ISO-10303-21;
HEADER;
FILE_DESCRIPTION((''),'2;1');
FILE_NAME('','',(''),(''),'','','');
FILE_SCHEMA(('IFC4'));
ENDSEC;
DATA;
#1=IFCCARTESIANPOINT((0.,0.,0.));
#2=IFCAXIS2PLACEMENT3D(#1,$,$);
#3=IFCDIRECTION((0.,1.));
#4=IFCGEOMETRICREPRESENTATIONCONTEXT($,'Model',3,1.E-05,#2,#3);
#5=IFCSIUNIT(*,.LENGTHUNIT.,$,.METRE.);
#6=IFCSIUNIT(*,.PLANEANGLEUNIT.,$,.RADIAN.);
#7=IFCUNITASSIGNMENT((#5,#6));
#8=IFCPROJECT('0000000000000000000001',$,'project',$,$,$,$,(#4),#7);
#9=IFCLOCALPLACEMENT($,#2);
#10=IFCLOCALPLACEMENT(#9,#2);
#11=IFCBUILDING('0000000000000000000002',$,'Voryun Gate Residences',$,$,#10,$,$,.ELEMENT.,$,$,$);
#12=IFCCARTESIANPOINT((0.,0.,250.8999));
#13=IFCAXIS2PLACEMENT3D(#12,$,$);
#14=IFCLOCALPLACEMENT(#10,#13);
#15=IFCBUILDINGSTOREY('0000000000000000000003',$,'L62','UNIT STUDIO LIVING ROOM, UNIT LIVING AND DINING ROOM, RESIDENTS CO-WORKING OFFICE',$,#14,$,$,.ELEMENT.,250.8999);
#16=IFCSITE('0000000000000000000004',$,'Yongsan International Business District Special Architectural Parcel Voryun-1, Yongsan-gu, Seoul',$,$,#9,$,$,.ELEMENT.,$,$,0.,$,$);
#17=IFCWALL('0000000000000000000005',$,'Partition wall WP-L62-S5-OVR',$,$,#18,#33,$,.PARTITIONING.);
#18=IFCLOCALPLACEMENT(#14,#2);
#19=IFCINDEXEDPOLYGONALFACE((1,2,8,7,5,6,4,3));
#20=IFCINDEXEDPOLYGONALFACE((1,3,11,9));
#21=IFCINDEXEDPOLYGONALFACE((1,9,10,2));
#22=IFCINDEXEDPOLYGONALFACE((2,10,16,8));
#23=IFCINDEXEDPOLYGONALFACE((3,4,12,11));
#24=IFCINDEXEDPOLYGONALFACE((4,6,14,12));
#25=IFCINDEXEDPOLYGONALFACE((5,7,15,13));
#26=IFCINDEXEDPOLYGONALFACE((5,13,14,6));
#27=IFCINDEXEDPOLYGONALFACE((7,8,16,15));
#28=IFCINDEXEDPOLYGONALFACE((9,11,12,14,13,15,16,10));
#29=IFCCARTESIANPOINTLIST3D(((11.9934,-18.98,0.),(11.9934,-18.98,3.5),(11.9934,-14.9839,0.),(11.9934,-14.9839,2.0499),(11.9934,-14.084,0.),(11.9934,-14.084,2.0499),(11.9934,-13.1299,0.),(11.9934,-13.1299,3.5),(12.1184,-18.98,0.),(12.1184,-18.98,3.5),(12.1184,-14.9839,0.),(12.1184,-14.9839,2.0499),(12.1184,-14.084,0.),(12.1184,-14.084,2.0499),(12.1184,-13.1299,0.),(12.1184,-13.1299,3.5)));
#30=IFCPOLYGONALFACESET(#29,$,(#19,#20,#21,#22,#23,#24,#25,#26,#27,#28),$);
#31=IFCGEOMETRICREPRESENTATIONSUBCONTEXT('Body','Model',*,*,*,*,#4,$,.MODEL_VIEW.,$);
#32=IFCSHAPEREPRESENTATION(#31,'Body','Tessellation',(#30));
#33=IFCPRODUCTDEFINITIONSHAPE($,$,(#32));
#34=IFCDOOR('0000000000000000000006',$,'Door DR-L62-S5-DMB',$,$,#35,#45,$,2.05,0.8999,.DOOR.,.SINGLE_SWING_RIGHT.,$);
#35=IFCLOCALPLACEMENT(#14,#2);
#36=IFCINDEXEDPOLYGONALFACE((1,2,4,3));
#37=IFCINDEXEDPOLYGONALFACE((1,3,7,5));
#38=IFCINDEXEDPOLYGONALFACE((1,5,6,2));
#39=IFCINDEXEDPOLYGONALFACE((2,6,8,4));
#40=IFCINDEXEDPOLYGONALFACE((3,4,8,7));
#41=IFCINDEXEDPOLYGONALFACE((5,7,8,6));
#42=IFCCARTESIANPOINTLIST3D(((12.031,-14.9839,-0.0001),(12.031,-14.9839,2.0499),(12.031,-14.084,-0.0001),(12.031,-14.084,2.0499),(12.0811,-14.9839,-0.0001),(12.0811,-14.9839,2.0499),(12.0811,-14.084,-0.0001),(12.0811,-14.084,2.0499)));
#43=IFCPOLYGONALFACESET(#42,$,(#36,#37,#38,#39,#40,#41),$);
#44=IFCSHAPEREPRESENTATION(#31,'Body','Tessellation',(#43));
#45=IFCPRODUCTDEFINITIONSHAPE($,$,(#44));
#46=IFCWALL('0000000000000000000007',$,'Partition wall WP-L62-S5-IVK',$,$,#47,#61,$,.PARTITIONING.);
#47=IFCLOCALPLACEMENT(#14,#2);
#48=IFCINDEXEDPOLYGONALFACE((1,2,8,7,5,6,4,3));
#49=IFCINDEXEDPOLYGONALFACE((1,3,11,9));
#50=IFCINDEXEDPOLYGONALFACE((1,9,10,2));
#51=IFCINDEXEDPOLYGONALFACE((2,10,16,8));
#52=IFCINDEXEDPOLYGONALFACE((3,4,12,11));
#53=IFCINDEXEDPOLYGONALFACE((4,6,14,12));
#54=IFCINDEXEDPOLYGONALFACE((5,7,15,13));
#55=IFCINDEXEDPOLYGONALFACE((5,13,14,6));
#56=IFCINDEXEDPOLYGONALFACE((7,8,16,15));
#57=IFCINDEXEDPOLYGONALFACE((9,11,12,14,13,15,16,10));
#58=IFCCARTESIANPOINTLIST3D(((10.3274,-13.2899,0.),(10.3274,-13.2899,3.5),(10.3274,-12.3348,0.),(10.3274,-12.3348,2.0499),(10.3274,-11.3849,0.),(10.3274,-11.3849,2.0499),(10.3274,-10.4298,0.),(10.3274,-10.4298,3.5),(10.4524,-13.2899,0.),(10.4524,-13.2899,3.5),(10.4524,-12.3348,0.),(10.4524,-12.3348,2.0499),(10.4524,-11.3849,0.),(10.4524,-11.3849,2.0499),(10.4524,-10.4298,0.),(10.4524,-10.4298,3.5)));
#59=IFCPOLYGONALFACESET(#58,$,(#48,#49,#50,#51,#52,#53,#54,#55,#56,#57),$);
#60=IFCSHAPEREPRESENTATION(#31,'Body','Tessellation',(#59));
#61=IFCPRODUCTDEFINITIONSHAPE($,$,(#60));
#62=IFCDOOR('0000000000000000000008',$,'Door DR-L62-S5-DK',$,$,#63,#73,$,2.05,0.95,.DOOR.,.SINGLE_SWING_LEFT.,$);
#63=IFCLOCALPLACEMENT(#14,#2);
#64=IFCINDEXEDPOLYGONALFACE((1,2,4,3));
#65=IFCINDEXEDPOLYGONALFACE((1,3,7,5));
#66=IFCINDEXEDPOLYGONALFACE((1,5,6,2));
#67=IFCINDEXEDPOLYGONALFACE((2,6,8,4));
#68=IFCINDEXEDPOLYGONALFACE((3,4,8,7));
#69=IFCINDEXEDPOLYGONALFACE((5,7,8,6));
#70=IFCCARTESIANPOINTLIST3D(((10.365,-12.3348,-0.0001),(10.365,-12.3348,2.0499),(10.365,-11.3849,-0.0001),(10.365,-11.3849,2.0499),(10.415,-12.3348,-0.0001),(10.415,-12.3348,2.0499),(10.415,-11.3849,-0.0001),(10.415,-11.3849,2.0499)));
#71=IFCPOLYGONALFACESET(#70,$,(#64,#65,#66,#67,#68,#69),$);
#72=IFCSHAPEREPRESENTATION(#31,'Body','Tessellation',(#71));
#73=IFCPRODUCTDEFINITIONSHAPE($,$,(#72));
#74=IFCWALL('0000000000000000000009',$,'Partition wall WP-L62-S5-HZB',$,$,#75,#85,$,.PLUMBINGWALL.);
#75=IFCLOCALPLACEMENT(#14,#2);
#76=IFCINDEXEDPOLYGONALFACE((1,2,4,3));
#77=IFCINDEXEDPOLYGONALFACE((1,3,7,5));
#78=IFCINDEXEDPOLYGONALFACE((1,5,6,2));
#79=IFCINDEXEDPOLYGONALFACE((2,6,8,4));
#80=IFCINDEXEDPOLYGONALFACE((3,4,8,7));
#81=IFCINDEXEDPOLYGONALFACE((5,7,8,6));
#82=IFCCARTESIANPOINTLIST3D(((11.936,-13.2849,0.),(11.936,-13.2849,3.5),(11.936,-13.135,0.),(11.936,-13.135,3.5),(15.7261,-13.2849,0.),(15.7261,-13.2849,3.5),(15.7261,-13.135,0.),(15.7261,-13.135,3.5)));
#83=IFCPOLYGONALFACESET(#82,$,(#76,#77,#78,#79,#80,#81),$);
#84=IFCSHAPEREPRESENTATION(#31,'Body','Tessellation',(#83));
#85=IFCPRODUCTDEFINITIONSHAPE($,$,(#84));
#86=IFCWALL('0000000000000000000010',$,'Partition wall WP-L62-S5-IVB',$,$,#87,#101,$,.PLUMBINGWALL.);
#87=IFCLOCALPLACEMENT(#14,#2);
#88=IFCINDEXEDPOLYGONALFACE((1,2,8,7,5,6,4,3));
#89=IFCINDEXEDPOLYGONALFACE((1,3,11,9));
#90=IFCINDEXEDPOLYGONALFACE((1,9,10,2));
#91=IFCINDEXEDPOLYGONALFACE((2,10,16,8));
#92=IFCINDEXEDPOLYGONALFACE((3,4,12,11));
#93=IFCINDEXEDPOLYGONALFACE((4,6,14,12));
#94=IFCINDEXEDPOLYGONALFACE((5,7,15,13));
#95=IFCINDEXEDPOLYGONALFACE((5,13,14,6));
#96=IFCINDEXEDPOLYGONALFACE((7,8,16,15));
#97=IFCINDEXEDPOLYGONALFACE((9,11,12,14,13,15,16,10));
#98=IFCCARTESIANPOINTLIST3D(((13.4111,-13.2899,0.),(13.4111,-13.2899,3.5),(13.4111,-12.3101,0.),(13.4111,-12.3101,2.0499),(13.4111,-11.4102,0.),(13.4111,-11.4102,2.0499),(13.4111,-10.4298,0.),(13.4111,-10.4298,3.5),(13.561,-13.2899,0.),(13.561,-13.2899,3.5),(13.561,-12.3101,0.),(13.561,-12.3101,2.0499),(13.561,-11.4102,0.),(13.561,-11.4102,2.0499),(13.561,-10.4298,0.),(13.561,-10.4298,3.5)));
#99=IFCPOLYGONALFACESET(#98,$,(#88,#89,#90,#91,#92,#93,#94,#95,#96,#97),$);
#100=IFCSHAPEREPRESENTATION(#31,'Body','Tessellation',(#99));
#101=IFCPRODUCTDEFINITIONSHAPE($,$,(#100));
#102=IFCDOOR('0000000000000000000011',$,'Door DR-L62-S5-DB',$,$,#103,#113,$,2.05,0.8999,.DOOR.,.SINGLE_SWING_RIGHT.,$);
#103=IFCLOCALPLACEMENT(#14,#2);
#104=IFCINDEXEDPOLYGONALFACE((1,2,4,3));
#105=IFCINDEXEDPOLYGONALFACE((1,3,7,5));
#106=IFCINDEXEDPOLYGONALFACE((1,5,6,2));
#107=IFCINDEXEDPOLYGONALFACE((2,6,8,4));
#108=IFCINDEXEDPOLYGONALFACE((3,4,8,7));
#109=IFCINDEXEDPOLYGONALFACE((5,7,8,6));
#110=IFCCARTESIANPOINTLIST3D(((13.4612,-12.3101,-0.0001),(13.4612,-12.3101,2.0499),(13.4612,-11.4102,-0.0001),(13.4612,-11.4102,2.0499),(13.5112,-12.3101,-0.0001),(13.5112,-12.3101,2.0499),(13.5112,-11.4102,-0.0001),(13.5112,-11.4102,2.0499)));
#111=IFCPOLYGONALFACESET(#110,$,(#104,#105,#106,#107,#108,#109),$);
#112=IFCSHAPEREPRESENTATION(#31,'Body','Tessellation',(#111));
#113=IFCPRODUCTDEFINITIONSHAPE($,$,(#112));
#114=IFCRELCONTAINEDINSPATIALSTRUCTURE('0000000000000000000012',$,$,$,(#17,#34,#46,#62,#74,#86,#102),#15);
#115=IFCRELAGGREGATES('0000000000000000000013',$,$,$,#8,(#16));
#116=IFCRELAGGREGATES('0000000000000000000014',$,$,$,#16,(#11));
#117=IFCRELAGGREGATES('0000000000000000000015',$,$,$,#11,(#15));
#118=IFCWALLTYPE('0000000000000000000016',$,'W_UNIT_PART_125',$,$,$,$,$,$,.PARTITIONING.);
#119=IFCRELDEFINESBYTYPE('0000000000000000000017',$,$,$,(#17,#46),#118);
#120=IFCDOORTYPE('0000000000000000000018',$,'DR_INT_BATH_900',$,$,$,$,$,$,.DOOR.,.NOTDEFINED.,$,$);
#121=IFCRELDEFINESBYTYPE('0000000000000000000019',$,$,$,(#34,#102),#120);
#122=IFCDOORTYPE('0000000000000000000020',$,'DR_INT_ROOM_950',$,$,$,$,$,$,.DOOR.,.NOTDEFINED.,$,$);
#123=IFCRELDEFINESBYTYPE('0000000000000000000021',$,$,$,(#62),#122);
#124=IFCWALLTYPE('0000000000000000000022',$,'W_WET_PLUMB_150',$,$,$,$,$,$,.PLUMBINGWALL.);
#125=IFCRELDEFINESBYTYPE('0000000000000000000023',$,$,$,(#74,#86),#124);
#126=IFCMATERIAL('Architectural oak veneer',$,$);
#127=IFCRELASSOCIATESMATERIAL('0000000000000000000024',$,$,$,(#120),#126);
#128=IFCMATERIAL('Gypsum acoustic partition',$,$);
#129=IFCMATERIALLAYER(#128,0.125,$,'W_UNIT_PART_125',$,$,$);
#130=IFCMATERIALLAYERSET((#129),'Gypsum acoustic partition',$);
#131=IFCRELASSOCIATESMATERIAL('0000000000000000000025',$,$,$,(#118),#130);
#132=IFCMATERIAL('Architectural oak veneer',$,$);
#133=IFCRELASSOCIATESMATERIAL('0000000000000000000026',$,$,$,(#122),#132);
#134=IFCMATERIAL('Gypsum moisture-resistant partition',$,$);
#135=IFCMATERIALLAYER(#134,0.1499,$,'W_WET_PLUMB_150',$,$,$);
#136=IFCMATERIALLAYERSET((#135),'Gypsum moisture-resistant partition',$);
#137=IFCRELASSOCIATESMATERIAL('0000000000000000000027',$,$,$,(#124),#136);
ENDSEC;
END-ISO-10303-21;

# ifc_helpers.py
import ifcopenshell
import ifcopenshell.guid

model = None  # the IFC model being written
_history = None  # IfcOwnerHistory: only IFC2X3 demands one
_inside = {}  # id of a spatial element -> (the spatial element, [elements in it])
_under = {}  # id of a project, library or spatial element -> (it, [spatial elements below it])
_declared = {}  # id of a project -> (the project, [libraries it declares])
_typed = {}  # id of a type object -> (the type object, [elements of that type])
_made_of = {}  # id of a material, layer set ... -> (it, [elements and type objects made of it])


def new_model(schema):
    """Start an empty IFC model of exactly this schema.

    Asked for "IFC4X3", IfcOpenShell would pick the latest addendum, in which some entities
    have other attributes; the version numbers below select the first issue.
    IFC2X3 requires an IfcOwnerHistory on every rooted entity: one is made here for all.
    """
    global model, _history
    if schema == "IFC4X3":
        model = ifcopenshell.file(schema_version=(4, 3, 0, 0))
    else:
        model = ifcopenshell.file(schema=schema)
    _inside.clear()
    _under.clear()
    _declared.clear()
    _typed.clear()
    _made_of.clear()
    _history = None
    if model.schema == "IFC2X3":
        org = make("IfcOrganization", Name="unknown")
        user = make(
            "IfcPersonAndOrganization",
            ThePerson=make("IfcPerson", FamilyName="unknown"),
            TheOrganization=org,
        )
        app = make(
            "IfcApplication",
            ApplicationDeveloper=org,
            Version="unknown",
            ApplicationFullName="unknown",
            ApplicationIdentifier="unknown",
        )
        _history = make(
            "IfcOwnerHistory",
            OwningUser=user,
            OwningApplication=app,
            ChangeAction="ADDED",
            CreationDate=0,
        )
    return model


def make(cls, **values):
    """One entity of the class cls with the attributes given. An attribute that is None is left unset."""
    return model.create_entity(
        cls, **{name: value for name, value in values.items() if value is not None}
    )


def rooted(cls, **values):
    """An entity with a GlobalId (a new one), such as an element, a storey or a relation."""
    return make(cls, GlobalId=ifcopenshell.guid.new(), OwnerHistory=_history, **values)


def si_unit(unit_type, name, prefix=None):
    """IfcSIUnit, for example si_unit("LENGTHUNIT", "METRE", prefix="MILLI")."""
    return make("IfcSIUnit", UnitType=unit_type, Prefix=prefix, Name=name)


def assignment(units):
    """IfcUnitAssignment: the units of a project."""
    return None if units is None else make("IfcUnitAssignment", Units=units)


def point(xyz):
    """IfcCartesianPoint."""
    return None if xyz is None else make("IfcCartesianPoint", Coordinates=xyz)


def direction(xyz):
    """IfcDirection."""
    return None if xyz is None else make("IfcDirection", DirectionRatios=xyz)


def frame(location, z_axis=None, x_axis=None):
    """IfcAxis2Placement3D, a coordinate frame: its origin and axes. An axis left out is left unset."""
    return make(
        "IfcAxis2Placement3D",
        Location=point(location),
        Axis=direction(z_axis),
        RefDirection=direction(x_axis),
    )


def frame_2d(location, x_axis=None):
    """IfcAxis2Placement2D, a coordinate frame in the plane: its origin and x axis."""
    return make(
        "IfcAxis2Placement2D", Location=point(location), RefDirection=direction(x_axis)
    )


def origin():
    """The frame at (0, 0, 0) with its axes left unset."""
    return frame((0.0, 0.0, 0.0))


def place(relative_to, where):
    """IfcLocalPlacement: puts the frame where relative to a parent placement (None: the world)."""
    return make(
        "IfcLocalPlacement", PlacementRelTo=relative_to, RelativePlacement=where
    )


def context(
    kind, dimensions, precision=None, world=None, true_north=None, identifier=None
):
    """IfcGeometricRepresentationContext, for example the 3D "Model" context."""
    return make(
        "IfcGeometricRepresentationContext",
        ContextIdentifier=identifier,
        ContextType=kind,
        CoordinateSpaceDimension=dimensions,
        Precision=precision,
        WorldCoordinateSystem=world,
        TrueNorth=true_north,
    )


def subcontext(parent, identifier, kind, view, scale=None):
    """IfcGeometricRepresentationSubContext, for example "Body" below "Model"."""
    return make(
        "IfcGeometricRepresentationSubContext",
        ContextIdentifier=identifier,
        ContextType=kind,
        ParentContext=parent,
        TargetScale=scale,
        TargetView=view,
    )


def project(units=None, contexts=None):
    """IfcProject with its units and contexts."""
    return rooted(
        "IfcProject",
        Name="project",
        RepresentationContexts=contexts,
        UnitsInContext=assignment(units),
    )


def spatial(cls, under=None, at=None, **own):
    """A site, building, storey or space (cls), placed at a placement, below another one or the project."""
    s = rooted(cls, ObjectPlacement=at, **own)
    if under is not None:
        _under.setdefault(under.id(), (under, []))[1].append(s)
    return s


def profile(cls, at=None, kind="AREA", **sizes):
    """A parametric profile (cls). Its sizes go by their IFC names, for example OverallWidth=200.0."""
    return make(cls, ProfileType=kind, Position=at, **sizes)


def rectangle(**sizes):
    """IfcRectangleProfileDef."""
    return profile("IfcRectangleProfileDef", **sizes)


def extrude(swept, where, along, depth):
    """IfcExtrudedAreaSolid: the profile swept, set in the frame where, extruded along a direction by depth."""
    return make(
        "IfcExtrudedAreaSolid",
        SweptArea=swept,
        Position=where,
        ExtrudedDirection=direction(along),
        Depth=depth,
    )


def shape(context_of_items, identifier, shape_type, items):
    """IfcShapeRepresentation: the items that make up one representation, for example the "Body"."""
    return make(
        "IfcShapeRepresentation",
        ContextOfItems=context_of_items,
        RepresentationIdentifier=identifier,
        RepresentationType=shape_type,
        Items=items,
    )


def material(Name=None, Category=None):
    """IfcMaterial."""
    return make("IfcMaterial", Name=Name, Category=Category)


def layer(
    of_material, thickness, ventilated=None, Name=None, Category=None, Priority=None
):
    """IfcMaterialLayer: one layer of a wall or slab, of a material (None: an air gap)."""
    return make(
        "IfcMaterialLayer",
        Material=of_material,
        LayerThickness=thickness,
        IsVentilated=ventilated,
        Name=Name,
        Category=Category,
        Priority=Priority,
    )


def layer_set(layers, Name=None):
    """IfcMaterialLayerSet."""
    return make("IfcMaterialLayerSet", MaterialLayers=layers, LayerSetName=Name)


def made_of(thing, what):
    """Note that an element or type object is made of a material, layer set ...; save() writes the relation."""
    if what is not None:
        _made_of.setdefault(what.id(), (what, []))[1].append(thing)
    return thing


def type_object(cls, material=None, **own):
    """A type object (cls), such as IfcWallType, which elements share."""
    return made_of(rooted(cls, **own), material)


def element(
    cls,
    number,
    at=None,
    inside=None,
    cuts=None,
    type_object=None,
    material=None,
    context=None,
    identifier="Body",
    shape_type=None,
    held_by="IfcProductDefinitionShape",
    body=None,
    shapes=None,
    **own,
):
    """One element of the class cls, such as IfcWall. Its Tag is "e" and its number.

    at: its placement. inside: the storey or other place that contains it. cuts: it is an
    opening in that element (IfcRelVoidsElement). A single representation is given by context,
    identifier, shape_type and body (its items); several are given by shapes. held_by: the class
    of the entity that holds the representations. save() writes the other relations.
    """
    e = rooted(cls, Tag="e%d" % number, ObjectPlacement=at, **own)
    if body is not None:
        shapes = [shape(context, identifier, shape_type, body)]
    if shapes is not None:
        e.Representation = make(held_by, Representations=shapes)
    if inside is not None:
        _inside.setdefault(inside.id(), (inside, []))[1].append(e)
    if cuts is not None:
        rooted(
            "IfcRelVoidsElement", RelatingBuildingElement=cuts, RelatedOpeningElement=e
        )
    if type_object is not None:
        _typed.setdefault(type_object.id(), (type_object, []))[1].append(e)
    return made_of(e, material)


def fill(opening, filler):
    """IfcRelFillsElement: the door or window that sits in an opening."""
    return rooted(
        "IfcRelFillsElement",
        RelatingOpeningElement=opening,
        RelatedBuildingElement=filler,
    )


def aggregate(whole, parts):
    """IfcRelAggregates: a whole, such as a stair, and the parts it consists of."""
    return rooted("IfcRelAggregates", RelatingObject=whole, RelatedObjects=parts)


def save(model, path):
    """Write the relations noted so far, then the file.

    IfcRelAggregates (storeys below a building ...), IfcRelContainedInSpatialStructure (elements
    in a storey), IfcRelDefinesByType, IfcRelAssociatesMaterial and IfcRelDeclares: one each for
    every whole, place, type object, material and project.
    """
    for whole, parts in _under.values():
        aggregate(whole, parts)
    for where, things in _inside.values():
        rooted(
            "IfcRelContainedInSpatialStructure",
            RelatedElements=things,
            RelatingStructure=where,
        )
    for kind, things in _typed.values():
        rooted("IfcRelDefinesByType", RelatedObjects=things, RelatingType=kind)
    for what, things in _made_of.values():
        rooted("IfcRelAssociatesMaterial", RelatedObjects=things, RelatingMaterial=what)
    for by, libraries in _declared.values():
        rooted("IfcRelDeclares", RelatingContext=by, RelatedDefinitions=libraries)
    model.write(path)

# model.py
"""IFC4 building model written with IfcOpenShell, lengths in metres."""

from ifc_helpers import new_model, si_unit, direction, frame, frame_2d, origin, place, context, subcontext, project, spatial, rectangle, extrude, material, layer, layer_set, type_object, element, fill, save


model = new_model("IFC4")

# Units and contexts
model_context = context("Model", 3, precision=1e-05, world=origin(), true_north=direction((0.0, 1.0)))
body_context = subcontext(model_context, "Body", "Model", "MODEL_VIEW")
ifc_project = project(units=[si_unit("LENGTHUNIT", "METRE"), si_unit("PLANEANGLEUNIT", "RADIAN")], contexts=[model_context])

# Site, building, storey
site_placement = place(None, origin())
site = spatial("IfcSite", under=ifc_project, at=site_placement, Name="Yongsan International Business District Special Architectural Parcel Voryun-1, Yongsan-gu, Seoul", CompositionType="ELEMENT", RefElevation=0.0)
building_placement = place(site_placement, origin())
building = spatial("IfcBuilding", under=site, at=building_placement, Name="Voryun Gate Residences", CompositionType="ELEMENT")
storey_placement = place(building_placement, frame((0.0, 0.0, 250.8999)))
storey = spatial("IfcBuildingStorey", under=building, at=storey_placement, Name="L62", Description="UNIT STUDIO LIVING ROOM, UNIT LIVING AND DINING ROOM, RESIDENTS CO-WORKING OFFICE", CompositionType="ELEMENT", Elevation=250.8999)

# Shared definitions
ifc_material_1 = material(Name="Architectural oak veneer")
door_type_1 = type_object("IfcDoorType", Name="DR_INT_BATH_900", OperationType="NOTDEFINED", PredefinedType="DOOR", material=ifc_material_1)

# Walls, openings, doors
ifc_material_2 = material(Name="Gypsum acoustic partition")
ifc_layer_1 = layer(ifc_material_2, 0.125, Name="W_UNIT_PART_125")
ifc_layer_set_1 = layer_set([ifc_layer_1], Name="Gypsum acoustic partition")
wall_type_1 = type_object("IfcWallType", Name="W_UNIT_PART_125", PredefinedType="PARTITIONING", material=ifc_layer_set_1)
wall_1_placement = place(storey_placement, frame((12.0559, -18.98, 0.0), z_axis=(0.0, 0.0, 1.0), x_axis=(0.0, 1.0, 0.0)))
wall_1 = element("IfcWall", 1, at=wall_1_placement, inside=storey, type_object=wall_type_1, Name="Partition wall WP-L62-S5-OVR", PredefinedType="PARTITIONING", context=body_context, shape_type="SweptSolid", body=[
    extrude(rectangle(XDim=5.8501, YDim=0.125, at=frame_2d((2.925, 0.0))), origin(), (0.0, 0.0, 1.0), 3.5),
])
opening_1_placement = place(wall_1_placement, frame((3.9961, 0.0, 0.0)))
opening_1 = element("IfcOpeningElement", 2, at=opening_1_placement, cuts=wall_1, PredefinedType="OPENING", context=body_context, shape_type="SweptSolid", body=[
    extrude(rectangle(XDim=0.8999, YDim=2.05, at=frame_2d((0.45, 1.0249))), frame((0.0, 0.0725, 0.0), z_axis=(0.0, -1.0, 0.0), x_axis=(1.0, 0.0, 0.0)), (0.0, 0.0, 1.0), 0.145),
])
door_1_placement = place(opening_1_placement, origin())
door_1 = element("IfcDoor", 3, at=door_1_placement, inside=storey, type_object=door_type_1, Name="Door DR-L62-S5-DMB", OperationType="SINGLE_SWING_RIGHT", OverallHeight=2.05, OverallWidth=0.8999, PredefinedType="DOOR", context=body_context, shape_type="SweptSolid", body=[
    extrude(rectangle(XDim=0.8999, YDim=2.05, at=frame_2d((0.45, 1.0249))), frame((0.0, 0.0249, 0.0), z_axis=(0.0, -1.0, 0.0), x_axis=(1.0, 0.0, 0.0)), (0.0, 0.0, 1.0), 0.05),
])
fill(opening_1, door_1)
wall_2_placement = place(storey_placement, frame((10.3899, -13.29, 0.0), z_axis=(0.0, 0.0, 1.0), x_axis=(0.0, 1.0, 0.0)))
wall_2 = element("IfcWall", 4, at=wall_2_placement, inside=storey, type_object=wall_type_1, Name="Partition wall WP-L62-S5-IVK", PredefinedType="PARTITIONING", context=body_context, shape_type="SweptSolid", body=[
    extrude(rectangle(XDim=2.8601, YDim=0.125, at=frame_2d((1.4302, 0.0))), origin(), (0.0, 0.0, 1.0), 3.5),
])
opening_2_placement = place(wall_2_placement, frame((0.9551, 0.0, 0.0)))
opening_2 = element("IfcOpeningElement", 5, at=opening_2_placement, cuts=wall_2, PredefinedType="OPENING", context=body_context, shape_type="SweptSolid", body=[
    extrude(rectangle(XDim=0.95, YDim=2.05, at=frame_2d((0.4751, 1.0249))), frame((0.0, 0.0725, 0.0), z_axis=(0.0, -1.0, 0.0), x_axis=(1.0, 0.0, 0.0)), (0.0, 0.0, 1.0), 0.145),
])
ifc_material_3 = material(Name="Architectural oak veneer")
door_type_2 = type_object("IfcDoorType", Name="DR_INT_ROOM_950", OperationType="NOTDEFINED", PredefinedType="DOOR", material=ifc_material_3)
door_2_placement = place(opening_2_placement, origin())
door_2 = element("IfcDoor", 6, at=door_2_placement, inside=storey, type_object=door_type_2, Name="Door DR-L62-S5-DK", OperationType="SINGLE_SWING_LEFT", OverallHeight=2.05, OverallWidth=0.95, PredefinedType="DOOR", context=body_context, shape_type="SweptSolid", body=[
    extrude(rectangle(XDim=0.95, YDim=2.05, at=frame_2d((0.4751, 1.0249))), frame((0.0, 0.0249, 0.0), z_axis=(0.0, -1.0, 0.0), x_axis=(1.0, 0.0, 0.0)), (0.0, 0.0, 1.0), 0.05),
])
fill(opening_2, door_2)

# Wall
ifc_material_4 = material(Name="Gypsum moisture-resistant partition")
ifc_layer_2 = layer(ifc_material_4, 0.1499, Name="W_WET_PLUMB_150")
ifc_layer_set_2 = layer_set([ifc_layer_2], Name="Gypsum moisture-resistant partition")
wall_type_2 = type_object("IfcWallType", Name="W_WET_PLUMB_150", PredefinedType="PLUMBINGWALL", material=ifc_layer_set_2)
wall_3_placement = place(storey_placement, frame((11.936, -13.21, 0.0), z_axis=(0.0, 0.0, 1.0), x_axis=(1.0, 0.0, 0.0)))
element("IfcWall", 7, at=wall_3_placement, inside=storey, type_object=wall_type_2, Name="Partition wall WP-L62-S5-HZB", PredefinedType="PLUMBINGWALL", context=body_context, shape_type="SweptSolid", body=[
    extrude(rectangle(XDim=3.79, YDim=0.1499, at=frame_2d((1.895, 0.0))), origin(), (0.0, 0.0, 1.0), 3.5),
])

# Wall, opening, door
wall_4_placement = place(storey_placement, frame((13.4861, -13.29, 0.0), z_axis=(0.0, 0.0, 1.0), x_axis=(0.0, 1.0, 0.0)))
wall_4 = element("IfcWall", 8, at=wall_4_placement, inside=storey, type_object=wall_type_2, Name="Partition wall WP-L62-S5-IVB", PredefinedType="PLUMBINGWALL", context=body_context, shape_type="SweptSolid", body=[
    extrude(rectangle(XDim=2.8601, YDim=0.1499, at=frame_2d((1.4302, 0.0))), origin(), (0.0, 0.0, 1.0), 3.5),
])
opening_3_placement = place(wall_4_placement, frame((0.98, 0.0, 0.0)))
opening_3 = element("IfcOpeningElement", 9, at=opening_3_placement, cuts=wall_4, PredefinedType="OPENING", context=body_context, shape_type="SweptSolid", body=[
    extrude(rectangle(XDim=0.8999, YDim=2.05, at=frame_2d((0.45, 1.0249))), frame((0.0, 0.085, 0.0), z_axis=(0.0, -1.0, 0.0), x_axis=(1.0, 0.0, 0.0)), (0.0, 0.0, 1.0), 0.1699),
])
door_3_placement = place(opening_3_placement, origin())
door_3 = element("IfcDoor", 10, at=door_3_placement, inside=storey, type_object=door_type_1, Name="Door DR-L62-S5-DB", OperationType="SINGLE_SWING_RIGHT", OverallHeight=2.05, OverallWidth=0.8999, PredefinedType="DOOR", context=body_context, shape_type="SweptSolid", body=[
    extrude(rectangle(XDim=0.8999, YDim=2.05, at=frame_2d((0.45, 1.0249))), frame((0.0, 0.0249, 0.0), z_axis=(0.0, -1.0, 0.0), x_axis=(1.0, 0.0, 0.0)), (0.0, 0.0, 1.0), 0.05),
])
fill(opening_3, door_3)

save(model, "model.ifc")
